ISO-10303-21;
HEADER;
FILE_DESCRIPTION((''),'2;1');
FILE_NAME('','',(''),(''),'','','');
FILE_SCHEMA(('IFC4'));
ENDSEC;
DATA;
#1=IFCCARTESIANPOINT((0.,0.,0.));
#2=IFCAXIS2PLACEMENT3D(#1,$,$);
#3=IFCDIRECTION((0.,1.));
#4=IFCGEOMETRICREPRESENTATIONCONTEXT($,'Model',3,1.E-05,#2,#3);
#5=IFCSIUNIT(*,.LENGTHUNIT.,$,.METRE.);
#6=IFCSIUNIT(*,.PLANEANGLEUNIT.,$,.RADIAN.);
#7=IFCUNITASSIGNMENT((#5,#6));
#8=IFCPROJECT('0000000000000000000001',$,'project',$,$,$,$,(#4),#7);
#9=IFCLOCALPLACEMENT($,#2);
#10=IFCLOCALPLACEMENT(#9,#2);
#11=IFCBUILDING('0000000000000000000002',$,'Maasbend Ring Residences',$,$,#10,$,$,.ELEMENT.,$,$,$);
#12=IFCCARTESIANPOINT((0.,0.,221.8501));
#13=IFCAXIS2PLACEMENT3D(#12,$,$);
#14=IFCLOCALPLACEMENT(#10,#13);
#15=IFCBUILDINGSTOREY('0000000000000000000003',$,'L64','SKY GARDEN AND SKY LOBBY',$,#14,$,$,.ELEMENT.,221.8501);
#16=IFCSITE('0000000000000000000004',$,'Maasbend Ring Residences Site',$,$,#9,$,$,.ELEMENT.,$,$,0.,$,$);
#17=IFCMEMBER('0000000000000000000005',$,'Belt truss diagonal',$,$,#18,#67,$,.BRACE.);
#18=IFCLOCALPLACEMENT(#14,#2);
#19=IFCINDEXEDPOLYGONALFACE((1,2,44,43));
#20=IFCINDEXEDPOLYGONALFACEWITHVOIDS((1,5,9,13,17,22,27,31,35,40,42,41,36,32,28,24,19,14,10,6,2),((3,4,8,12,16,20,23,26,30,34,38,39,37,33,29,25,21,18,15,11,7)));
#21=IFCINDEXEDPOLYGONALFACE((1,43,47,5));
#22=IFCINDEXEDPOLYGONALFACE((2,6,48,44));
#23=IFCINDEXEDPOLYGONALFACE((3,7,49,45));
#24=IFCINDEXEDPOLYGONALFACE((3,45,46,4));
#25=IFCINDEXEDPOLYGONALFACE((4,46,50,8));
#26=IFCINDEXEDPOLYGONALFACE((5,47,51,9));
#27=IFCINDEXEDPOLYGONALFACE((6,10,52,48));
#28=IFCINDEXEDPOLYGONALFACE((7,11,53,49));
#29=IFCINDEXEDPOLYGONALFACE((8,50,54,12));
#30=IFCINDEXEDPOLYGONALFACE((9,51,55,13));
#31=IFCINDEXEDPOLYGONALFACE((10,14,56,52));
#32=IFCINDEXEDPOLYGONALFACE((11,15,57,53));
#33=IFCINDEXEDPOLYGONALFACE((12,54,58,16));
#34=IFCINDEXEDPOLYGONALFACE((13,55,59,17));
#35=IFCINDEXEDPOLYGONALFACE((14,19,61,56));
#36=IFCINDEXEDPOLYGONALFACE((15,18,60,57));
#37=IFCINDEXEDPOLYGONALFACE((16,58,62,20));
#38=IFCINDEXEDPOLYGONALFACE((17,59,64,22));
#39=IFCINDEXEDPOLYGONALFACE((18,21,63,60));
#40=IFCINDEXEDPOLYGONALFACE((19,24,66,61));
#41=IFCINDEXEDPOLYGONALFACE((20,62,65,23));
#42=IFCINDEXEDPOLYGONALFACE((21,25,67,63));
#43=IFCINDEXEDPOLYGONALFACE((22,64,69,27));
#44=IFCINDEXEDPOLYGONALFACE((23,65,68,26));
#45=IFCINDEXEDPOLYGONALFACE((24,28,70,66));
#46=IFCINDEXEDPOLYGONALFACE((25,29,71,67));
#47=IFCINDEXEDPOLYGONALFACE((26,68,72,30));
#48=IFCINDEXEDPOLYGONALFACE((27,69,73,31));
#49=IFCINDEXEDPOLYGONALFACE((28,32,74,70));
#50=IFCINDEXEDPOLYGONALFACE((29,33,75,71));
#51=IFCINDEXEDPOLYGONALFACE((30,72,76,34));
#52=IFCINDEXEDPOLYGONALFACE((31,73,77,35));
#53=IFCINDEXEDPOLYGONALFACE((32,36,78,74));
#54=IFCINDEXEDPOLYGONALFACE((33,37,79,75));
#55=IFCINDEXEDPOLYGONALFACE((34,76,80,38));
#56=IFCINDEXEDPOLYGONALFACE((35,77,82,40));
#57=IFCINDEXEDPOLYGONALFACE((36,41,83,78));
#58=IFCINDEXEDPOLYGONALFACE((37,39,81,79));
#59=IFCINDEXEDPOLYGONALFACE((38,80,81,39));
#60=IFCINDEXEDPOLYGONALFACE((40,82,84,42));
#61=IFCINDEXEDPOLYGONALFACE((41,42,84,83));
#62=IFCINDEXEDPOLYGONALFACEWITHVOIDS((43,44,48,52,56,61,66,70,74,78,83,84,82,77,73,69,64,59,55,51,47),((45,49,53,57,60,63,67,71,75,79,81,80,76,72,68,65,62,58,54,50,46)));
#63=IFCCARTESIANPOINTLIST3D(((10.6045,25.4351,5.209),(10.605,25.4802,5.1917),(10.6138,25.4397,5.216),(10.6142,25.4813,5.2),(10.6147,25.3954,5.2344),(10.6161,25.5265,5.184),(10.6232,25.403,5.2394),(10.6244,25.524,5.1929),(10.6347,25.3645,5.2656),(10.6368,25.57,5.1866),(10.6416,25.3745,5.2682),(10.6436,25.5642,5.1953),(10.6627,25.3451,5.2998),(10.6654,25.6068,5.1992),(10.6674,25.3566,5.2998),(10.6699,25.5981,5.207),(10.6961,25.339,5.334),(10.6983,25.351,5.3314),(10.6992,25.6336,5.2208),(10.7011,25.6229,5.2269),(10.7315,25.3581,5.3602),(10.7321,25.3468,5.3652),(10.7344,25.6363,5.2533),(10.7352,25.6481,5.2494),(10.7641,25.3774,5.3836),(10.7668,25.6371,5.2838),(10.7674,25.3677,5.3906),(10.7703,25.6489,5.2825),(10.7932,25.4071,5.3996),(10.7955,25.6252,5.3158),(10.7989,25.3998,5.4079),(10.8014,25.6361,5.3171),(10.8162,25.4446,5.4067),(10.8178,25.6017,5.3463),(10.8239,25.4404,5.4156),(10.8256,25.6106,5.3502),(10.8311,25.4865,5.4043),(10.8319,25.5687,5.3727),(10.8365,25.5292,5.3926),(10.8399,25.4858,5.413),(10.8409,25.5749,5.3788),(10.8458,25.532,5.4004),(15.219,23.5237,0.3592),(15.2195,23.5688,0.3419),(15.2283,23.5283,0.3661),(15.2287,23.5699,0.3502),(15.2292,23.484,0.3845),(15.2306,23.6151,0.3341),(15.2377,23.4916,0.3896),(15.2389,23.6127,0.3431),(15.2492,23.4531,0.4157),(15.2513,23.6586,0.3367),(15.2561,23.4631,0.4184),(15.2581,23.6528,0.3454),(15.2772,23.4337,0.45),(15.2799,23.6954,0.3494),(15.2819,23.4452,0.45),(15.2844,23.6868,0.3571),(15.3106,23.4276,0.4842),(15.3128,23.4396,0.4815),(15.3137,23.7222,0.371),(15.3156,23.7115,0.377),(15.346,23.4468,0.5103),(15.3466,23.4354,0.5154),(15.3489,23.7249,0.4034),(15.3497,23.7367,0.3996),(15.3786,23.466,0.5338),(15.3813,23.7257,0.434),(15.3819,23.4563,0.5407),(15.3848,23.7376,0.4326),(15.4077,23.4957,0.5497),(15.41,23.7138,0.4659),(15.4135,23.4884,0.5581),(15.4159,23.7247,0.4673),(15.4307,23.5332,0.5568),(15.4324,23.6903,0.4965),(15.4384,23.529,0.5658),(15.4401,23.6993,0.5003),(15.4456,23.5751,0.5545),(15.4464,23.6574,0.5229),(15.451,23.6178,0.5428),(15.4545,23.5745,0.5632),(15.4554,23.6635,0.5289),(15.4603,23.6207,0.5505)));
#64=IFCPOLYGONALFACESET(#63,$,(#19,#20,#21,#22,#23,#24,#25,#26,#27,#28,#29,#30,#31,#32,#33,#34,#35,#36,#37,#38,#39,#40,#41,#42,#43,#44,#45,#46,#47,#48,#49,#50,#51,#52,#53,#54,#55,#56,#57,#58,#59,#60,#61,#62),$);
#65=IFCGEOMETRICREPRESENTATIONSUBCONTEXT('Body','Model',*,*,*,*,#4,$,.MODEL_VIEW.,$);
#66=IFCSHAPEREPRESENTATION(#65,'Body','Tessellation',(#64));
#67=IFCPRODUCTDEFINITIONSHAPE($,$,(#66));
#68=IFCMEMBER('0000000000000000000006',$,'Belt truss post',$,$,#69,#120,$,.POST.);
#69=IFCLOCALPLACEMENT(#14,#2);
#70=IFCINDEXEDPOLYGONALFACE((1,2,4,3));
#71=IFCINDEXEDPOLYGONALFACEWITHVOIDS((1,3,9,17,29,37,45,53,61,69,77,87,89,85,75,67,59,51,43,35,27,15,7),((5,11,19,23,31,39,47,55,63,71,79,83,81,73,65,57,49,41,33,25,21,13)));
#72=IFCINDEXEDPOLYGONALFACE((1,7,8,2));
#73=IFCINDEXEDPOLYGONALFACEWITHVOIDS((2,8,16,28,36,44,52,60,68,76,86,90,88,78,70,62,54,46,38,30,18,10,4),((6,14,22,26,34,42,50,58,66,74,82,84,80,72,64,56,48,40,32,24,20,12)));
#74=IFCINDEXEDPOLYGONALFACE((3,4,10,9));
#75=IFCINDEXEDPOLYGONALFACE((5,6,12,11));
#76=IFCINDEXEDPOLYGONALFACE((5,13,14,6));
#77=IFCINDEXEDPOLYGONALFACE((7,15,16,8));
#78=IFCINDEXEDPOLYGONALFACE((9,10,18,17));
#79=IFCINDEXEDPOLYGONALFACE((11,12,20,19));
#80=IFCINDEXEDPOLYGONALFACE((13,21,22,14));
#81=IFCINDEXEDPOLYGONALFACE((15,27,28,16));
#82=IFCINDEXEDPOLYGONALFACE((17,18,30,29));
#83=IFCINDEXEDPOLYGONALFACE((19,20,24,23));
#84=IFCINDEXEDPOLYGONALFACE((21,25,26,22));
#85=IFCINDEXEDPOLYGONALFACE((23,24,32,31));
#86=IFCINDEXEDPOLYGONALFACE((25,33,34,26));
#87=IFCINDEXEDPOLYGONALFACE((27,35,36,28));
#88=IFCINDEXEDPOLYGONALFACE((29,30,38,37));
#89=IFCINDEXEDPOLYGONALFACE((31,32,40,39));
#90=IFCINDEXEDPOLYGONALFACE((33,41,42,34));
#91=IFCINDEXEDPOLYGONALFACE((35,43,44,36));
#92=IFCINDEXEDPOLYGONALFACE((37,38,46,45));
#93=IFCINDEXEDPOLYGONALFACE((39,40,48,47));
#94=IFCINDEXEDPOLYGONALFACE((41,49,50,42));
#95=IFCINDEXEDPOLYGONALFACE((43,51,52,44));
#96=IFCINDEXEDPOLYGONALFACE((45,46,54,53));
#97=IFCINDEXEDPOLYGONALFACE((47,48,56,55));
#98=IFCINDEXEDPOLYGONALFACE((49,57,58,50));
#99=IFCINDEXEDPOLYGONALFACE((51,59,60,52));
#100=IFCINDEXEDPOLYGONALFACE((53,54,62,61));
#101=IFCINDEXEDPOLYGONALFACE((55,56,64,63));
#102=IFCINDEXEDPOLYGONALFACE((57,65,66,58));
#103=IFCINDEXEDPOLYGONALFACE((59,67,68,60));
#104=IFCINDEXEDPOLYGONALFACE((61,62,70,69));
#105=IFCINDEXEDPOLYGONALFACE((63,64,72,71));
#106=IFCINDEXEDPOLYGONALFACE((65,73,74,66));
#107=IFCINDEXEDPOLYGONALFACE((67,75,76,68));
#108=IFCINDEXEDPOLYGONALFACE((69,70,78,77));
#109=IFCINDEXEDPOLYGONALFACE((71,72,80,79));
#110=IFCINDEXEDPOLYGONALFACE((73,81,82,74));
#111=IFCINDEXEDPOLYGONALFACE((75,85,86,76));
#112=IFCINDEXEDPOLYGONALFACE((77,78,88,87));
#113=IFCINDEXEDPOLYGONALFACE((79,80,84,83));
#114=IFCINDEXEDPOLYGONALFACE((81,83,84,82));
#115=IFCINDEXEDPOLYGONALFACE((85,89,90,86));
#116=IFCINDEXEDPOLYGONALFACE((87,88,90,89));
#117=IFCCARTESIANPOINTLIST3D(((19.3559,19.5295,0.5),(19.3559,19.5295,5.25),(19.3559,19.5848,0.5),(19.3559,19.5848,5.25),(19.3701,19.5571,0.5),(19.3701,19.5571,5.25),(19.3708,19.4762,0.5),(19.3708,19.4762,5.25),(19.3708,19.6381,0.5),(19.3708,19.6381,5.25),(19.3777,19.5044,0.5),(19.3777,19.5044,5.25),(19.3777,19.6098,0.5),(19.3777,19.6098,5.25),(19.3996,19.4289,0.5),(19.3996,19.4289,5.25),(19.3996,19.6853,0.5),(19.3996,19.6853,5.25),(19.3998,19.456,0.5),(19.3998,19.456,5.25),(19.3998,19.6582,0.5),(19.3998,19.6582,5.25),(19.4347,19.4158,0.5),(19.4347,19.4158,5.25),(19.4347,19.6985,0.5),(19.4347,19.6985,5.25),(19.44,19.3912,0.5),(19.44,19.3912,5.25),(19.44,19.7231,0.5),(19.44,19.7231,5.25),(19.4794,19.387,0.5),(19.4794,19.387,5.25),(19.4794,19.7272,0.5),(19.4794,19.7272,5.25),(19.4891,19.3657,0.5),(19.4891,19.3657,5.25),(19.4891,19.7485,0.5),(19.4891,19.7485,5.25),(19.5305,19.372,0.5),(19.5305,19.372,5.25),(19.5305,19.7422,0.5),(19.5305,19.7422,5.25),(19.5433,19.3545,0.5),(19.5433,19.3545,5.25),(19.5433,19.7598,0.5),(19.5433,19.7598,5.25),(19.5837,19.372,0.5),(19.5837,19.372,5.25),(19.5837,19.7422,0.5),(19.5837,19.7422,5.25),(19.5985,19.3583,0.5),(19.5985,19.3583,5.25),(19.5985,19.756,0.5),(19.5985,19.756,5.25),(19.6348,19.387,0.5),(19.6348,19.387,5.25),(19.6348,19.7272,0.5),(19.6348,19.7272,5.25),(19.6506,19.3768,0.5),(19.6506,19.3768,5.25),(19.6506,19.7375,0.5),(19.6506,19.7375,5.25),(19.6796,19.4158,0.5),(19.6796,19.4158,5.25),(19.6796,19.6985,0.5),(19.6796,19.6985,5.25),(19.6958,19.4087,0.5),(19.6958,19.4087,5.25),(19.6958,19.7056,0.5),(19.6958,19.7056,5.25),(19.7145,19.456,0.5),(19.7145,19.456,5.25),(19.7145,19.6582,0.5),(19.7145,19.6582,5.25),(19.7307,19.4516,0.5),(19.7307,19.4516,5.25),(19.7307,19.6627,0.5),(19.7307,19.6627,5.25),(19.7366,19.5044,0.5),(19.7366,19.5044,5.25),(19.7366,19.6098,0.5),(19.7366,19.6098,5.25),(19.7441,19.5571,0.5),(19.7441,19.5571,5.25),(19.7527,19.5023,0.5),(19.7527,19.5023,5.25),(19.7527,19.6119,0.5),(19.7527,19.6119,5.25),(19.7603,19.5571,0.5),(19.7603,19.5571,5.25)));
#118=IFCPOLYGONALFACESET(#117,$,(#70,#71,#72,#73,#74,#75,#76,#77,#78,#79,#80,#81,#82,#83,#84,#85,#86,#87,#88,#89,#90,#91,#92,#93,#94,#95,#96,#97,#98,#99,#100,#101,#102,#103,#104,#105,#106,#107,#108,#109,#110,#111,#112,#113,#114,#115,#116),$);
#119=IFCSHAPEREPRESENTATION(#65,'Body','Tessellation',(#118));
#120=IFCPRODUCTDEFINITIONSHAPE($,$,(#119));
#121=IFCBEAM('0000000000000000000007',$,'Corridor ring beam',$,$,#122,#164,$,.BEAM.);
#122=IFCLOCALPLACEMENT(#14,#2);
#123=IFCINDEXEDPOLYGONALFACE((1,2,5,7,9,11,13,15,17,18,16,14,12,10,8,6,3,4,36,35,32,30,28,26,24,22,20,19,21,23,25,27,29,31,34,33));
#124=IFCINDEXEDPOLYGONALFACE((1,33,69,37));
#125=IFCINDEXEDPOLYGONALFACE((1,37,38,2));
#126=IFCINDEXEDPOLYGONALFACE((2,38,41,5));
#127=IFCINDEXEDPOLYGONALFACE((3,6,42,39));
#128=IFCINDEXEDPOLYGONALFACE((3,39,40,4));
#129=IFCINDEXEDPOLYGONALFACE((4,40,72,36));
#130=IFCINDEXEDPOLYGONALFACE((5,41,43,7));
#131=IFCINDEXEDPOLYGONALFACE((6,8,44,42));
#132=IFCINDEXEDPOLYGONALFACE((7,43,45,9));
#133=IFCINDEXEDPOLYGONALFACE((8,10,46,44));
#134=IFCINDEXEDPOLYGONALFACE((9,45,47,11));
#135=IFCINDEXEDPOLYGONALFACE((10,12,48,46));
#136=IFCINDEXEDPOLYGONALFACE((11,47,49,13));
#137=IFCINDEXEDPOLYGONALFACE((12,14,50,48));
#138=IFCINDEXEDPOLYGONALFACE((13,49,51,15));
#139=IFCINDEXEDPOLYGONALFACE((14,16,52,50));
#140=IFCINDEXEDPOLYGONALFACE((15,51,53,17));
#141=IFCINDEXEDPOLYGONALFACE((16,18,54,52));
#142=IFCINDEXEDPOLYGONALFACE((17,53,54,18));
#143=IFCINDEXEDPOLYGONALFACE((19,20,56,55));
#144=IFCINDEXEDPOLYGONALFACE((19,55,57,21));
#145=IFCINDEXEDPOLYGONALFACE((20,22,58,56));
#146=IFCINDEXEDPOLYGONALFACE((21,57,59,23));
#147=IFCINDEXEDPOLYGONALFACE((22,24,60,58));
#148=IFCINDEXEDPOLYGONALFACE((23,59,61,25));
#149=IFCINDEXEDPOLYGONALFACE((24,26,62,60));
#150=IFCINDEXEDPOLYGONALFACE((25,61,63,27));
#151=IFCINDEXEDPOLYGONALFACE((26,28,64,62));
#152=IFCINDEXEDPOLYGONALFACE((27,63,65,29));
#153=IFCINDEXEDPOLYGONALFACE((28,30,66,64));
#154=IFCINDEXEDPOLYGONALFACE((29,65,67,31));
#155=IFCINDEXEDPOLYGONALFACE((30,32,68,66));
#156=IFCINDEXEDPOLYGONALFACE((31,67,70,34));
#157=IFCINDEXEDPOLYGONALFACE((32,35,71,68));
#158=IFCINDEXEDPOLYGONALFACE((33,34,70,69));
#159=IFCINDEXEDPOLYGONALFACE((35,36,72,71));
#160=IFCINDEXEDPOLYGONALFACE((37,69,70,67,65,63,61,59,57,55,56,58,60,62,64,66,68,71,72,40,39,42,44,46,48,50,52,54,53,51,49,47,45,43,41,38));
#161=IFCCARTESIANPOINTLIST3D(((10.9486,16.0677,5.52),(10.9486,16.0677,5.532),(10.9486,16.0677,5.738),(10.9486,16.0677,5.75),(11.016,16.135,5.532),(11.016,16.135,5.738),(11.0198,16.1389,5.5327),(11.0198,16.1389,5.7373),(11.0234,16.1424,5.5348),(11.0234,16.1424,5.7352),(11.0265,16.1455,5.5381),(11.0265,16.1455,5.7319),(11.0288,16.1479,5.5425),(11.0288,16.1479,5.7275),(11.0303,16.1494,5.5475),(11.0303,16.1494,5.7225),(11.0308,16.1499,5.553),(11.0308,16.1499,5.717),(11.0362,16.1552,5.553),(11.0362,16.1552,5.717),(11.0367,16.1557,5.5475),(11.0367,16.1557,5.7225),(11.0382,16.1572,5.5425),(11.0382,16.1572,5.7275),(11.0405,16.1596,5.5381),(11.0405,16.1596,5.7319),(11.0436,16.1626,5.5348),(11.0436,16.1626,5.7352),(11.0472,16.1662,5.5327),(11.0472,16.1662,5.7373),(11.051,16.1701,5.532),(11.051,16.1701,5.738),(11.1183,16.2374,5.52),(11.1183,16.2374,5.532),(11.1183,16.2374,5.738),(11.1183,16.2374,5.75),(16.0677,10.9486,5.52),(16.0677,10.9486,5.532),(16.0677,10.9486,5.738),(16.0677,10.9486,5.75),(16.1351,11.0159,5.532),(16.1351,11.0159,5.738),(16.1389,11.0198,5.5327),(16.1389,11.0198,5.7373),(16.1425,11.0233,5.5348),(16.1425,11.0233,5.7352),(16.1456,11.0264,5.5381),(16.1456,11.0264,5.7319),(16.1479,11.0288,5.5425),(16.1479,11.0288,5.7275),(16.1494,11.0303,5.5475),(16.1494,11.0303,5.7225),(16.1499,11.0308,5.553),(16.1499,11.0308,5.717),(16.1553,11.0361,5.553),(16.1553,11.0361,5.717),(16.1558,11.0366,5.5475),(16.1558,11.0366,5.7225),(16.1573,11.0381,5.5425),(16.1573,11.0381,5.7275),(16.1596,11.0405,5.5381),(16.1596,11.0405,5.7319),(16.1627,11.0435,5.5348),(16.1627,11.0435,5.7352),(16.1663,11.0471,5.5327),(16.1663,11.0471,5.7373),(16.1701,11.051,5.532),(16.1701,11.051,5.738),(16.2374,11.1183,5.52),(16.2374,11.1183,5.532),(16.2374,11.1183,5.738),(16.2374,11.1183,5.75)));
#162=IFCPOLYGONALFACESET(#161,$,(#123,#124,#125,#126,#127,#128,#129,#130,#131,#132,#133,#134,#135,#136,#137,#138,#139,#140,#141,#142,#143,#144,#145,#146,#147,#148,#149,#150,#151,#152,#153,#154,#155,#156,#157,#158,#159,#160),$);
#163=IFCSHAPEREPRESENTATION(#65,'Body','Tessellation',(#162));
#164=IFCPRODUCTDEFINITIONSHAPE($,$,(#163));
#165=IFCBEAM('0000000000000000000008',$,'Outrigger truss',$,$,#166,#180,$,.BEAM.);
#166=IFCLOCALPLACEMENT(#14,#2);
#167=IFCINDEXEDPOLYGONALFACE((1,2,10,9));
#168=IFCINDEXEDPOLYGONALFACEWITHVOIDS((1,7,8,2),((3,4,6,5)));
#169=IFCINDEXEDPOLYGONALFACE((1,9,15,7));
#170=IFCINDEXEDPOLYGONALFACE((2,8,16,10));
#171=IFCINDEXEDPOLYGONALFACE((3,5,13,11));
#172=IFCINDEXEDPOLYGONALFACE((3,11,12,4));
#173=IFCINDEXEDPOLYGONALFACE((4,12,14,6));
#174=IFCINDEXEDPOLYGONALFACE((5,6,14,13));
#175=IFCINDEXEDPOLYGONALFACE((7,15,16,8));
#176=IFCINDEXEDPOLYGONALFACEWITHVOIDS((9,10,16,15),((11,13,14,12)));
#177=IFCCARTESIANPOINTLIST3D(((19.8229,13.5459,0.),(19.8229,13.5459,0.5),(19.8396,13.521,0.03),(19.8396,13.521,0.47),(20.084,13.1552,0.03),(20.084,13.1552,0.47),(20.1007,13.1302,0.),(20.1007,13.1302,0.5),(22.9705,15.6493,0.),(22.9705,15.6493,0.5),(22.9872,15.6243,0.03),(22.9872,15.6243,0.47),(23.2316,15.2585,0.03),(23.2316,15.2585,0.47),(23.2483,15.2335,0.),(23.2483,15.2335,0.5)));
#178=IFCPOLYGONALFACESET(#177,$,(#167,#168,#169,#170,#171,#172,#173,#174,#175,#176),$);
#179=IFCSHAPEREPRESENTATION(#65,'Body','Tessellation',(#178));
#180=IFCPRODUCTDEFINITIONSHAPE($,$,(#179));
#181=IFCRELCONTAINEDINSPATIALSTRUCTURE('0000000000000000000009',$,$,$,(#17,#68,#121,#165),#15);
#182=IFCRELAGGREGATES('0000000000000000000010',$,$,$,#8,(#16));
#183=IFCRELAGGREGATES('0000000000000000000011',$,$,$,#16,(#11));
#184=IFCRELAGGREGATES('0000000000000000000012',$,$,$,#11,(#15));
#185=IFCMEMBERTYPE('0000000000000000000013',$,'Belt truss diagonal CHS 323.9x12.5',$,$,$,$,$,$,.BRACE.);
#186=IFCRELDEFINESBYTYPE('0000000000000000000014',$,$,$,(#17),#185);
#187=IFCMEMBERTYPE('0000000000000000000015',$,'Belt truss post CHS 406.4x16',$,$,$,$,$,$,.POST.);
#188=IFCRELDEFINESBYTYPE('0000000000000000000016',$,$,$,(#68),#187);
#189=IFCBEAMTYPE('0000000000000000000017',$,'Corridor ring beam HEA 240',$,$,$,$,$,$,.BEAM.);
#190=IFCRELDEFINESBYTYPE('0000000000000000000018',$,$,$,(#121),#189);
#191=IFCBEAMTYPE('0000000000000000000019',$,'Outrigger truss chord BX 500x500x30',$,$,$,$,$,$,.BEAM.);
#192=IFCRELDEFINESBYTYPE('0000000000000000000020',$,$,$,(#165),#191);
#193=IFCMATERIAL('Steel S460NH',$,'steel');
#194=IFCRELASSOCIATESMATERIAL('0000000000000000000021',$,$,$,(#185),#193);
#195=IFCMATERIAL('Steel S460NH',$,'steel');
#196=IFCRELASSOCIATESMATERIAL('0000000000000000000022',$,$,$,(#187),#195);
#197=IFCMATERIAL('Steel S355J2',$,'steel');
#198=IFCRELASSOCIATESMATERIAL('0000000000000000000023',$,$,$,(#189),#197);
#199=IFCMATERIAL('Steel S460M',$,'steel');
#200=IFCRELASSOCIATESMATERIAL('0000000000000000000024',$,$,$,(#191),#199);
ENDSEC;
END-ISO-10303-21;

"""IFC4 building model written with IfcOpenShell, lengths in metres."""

from ifc_helpers import new_model, si_unit, direction, frame, origin, origin_2d, place, context, subcontext, project, spatial, hollow_rectangle, hollow_circle, i_section, extrude, material, material_profile, profile_set, type_object, element, save


model = new_model("IFC4")

# Units and contexts
model_context = context("Model", 3, precision=1e-05, world=origin(), true_north=direction((0.0, 1.0)))
body_context = subcontext(model_context, "Body", "Model", "MODEL_VIEW")
ifc_project = project(units=[si_unit("LENGTHUNIT", "METRE"), si_unit("PLANEANGLEUNIT", "RADIAN")], contexts=[model_context])

# Site, building, storey
site_placement = place(None, origin())
site = spatial("IfcSite", under=ifc_project, at=site_placement, Name="Maasbend Ring Residences Site", CompositionType="ELEMENT", RefElevation=0.0)
building_placement = place(site_placement, origin())
building = spatial("IfcBuilding", under=site, at=building_placement, Name="Maasbend Ring Residences", CompositionType="ELEMENT")
storey_placement = place(building_placement, frame((0.0, 0.0, 221.8501)))
storey = spatial("IfcBuildingStorey", under=building, at=storey_placement, Name="L64", Description="SKY GARDEN AND SKY LOBBY", CompositionType="ELEMENT", Elevation=221.8501)

# Members
ifc_material_1 = material(Name="Steel S460NH", Category="steel")
ifc_material_profile_1 = material_profile(ifc_material_1, hollow_circle(Radius=0.1619, WallThickness=0.0125, at=origin_2d()), Name="Belt truss diagonal CHS 323.9x12.5")
ifc_profile_set_1 = profile_set([ifc_material_profile_1], Name="Steel S460NH")
member_type_1 = type_object("IfcMemberType", Name="Belt truss diagonal CHS 323.9x12.5", PredefinedType="BRACE", material=ifc_profile_set_1)
for number, where, z_axis, x_axis, name in (
    (1, (15.3391, 23.5833, 0.45), (-0.662822, 0.274548, 0.696628), (-0.382681, -0.92388, 0.0), "Belt truss diagonal"),
):
    element("IfcMember", number, at=place(storey_placement, frame(where, z_axis=z_axis, x_axis=x_axis)), inside=storey, type_object=member_type_1, Name=name, PredefinedType="BRACE", context=body_context, shape_type="SweptSolid", body=[
        extrude(hollow_circle(Radius=0.1619, WallThickness=0.0125, at=origin_2d()), origin(), (0.0, 0.0, 1.0), 6.9619),
    ])
ifc_material_2 = material(Name="Steel S460NH", Category="steel")
ifc_material_profile_2 = material_profile(ifc_material_2, hollow_circle(Radius=0.2031, WallThickness=0.0161, at=origin_2d()), Name="Belt truss post CHS 406.4x16")
ifc_profile_set_2 = profile_set([ifc_material_profile_2], Name="Steel S460NH")
member_type_2 = type_object("IfcMemberType", Name="Belt truss post CHS 406.4x16", PredefinedType="POST", material=ifc_profile_set_2)
member_1_placement = place(storey_placement, frame((19.5571, 19.5571, 0.5), z_axis=(0.0, 0.0, 1.0), x_axis=(1.0, 0.0, 0.0)))
element("IfcMember", 2, at=member_1_placement, inside=storey, type_object=member_type_2, Name="Belt truss post", PredefinedType="POST", context=body_context, shape_type="SweptSolid", body=[
    extrude(hollow_circle(Radius=0.2031, WallThickness=0.0161, at=origin_2d()), origin(), (0.0, 0.0, 1.0), 4.75),
])

# Beams
ifc_material_3 = material(Name="Steel S355J2", Category="steel")
ifc_material_profile_3 = material_profile(ifc_material_3, i_section(OverallWidth=0.24, OverallDepth=0.23, WebThickness=0.0076, FlangeThickness=0.012, FilletRadius=0.021, at=origin_2d()), Name="HEA 240")
ifc_profile_set_3 = profile_set([ifc_material_profile_3], Name="Steel S355J2")
beam_type_1 = type_object("IfcBeamType", Name="Corridor ring beam HEA 240", PredefinedType="BEAM", material=ifc_profile_set_3)
beam_1_placement = place(storey_placement, frame((16.1526, 11.0334, 5.635), z_axis=(-0.707107, 0.707107, 0.0), x_axis=(-0.707107, -0.707107, 0.0)))
element("IfcBeam", 3, at=beam_1_placement, inside=storey, type_object=beam_type_1, Name="Corridor ring beam", PredefinedType="BEAM", context=body_context, shape_type="SweptSolid", body=[
    extrude(i_section(OverallWidth=0.24, OverallDepth=0.23, WebThickness=0.0076, FlangeThickness=0.012, FilletRadius=0.021, at=origin_2d()), origin(), (0.0, 0.0, 1.0), 7.2395),
])
ifc_material_4 = material(Name="Steel S460M", Category="steel")
ifc_material_profile_4 = material_profile(ifc_material_4, hollow_rectangle(XDim=0.5, YDim=0.5, WallThickness=0.03, at=origin_2d()), Name="Outrigger truss chord BX 500x500x30")
ifc_profile_set_4 = profile_set([ifc_material_profile_4], Name="Steel S460M")
beam_type_2 = type_object("IfcBeamType", Name="Outrigger truss chord BX 500x500x30", PredefinedType="BEAM", material=ifc_profile_set_4)
beam_2_placement = place(storey_placement, frame((23.1094, 15.4414, 0.25), z_axis=(-0.831445, -0.555608, 0.0), x_axis=(0.555608, -0.831445, 0.0)))
element("IfcBeam", 4, at=beam_2_placement, inside=storey, type_object=beam_type_2, Name="Outrigger truss", PredefinedType="BEAM", context=body_context, shape_type="SweptSolid", body=[
    extrude(hollow_rectangle(XDim=0.5, YDim=0.5, WallThickness=0.03, at=origin_2d()), origin(), (0.0, 0.0, 1.0), 3.7856),
])

save(model, "model.ifc")
